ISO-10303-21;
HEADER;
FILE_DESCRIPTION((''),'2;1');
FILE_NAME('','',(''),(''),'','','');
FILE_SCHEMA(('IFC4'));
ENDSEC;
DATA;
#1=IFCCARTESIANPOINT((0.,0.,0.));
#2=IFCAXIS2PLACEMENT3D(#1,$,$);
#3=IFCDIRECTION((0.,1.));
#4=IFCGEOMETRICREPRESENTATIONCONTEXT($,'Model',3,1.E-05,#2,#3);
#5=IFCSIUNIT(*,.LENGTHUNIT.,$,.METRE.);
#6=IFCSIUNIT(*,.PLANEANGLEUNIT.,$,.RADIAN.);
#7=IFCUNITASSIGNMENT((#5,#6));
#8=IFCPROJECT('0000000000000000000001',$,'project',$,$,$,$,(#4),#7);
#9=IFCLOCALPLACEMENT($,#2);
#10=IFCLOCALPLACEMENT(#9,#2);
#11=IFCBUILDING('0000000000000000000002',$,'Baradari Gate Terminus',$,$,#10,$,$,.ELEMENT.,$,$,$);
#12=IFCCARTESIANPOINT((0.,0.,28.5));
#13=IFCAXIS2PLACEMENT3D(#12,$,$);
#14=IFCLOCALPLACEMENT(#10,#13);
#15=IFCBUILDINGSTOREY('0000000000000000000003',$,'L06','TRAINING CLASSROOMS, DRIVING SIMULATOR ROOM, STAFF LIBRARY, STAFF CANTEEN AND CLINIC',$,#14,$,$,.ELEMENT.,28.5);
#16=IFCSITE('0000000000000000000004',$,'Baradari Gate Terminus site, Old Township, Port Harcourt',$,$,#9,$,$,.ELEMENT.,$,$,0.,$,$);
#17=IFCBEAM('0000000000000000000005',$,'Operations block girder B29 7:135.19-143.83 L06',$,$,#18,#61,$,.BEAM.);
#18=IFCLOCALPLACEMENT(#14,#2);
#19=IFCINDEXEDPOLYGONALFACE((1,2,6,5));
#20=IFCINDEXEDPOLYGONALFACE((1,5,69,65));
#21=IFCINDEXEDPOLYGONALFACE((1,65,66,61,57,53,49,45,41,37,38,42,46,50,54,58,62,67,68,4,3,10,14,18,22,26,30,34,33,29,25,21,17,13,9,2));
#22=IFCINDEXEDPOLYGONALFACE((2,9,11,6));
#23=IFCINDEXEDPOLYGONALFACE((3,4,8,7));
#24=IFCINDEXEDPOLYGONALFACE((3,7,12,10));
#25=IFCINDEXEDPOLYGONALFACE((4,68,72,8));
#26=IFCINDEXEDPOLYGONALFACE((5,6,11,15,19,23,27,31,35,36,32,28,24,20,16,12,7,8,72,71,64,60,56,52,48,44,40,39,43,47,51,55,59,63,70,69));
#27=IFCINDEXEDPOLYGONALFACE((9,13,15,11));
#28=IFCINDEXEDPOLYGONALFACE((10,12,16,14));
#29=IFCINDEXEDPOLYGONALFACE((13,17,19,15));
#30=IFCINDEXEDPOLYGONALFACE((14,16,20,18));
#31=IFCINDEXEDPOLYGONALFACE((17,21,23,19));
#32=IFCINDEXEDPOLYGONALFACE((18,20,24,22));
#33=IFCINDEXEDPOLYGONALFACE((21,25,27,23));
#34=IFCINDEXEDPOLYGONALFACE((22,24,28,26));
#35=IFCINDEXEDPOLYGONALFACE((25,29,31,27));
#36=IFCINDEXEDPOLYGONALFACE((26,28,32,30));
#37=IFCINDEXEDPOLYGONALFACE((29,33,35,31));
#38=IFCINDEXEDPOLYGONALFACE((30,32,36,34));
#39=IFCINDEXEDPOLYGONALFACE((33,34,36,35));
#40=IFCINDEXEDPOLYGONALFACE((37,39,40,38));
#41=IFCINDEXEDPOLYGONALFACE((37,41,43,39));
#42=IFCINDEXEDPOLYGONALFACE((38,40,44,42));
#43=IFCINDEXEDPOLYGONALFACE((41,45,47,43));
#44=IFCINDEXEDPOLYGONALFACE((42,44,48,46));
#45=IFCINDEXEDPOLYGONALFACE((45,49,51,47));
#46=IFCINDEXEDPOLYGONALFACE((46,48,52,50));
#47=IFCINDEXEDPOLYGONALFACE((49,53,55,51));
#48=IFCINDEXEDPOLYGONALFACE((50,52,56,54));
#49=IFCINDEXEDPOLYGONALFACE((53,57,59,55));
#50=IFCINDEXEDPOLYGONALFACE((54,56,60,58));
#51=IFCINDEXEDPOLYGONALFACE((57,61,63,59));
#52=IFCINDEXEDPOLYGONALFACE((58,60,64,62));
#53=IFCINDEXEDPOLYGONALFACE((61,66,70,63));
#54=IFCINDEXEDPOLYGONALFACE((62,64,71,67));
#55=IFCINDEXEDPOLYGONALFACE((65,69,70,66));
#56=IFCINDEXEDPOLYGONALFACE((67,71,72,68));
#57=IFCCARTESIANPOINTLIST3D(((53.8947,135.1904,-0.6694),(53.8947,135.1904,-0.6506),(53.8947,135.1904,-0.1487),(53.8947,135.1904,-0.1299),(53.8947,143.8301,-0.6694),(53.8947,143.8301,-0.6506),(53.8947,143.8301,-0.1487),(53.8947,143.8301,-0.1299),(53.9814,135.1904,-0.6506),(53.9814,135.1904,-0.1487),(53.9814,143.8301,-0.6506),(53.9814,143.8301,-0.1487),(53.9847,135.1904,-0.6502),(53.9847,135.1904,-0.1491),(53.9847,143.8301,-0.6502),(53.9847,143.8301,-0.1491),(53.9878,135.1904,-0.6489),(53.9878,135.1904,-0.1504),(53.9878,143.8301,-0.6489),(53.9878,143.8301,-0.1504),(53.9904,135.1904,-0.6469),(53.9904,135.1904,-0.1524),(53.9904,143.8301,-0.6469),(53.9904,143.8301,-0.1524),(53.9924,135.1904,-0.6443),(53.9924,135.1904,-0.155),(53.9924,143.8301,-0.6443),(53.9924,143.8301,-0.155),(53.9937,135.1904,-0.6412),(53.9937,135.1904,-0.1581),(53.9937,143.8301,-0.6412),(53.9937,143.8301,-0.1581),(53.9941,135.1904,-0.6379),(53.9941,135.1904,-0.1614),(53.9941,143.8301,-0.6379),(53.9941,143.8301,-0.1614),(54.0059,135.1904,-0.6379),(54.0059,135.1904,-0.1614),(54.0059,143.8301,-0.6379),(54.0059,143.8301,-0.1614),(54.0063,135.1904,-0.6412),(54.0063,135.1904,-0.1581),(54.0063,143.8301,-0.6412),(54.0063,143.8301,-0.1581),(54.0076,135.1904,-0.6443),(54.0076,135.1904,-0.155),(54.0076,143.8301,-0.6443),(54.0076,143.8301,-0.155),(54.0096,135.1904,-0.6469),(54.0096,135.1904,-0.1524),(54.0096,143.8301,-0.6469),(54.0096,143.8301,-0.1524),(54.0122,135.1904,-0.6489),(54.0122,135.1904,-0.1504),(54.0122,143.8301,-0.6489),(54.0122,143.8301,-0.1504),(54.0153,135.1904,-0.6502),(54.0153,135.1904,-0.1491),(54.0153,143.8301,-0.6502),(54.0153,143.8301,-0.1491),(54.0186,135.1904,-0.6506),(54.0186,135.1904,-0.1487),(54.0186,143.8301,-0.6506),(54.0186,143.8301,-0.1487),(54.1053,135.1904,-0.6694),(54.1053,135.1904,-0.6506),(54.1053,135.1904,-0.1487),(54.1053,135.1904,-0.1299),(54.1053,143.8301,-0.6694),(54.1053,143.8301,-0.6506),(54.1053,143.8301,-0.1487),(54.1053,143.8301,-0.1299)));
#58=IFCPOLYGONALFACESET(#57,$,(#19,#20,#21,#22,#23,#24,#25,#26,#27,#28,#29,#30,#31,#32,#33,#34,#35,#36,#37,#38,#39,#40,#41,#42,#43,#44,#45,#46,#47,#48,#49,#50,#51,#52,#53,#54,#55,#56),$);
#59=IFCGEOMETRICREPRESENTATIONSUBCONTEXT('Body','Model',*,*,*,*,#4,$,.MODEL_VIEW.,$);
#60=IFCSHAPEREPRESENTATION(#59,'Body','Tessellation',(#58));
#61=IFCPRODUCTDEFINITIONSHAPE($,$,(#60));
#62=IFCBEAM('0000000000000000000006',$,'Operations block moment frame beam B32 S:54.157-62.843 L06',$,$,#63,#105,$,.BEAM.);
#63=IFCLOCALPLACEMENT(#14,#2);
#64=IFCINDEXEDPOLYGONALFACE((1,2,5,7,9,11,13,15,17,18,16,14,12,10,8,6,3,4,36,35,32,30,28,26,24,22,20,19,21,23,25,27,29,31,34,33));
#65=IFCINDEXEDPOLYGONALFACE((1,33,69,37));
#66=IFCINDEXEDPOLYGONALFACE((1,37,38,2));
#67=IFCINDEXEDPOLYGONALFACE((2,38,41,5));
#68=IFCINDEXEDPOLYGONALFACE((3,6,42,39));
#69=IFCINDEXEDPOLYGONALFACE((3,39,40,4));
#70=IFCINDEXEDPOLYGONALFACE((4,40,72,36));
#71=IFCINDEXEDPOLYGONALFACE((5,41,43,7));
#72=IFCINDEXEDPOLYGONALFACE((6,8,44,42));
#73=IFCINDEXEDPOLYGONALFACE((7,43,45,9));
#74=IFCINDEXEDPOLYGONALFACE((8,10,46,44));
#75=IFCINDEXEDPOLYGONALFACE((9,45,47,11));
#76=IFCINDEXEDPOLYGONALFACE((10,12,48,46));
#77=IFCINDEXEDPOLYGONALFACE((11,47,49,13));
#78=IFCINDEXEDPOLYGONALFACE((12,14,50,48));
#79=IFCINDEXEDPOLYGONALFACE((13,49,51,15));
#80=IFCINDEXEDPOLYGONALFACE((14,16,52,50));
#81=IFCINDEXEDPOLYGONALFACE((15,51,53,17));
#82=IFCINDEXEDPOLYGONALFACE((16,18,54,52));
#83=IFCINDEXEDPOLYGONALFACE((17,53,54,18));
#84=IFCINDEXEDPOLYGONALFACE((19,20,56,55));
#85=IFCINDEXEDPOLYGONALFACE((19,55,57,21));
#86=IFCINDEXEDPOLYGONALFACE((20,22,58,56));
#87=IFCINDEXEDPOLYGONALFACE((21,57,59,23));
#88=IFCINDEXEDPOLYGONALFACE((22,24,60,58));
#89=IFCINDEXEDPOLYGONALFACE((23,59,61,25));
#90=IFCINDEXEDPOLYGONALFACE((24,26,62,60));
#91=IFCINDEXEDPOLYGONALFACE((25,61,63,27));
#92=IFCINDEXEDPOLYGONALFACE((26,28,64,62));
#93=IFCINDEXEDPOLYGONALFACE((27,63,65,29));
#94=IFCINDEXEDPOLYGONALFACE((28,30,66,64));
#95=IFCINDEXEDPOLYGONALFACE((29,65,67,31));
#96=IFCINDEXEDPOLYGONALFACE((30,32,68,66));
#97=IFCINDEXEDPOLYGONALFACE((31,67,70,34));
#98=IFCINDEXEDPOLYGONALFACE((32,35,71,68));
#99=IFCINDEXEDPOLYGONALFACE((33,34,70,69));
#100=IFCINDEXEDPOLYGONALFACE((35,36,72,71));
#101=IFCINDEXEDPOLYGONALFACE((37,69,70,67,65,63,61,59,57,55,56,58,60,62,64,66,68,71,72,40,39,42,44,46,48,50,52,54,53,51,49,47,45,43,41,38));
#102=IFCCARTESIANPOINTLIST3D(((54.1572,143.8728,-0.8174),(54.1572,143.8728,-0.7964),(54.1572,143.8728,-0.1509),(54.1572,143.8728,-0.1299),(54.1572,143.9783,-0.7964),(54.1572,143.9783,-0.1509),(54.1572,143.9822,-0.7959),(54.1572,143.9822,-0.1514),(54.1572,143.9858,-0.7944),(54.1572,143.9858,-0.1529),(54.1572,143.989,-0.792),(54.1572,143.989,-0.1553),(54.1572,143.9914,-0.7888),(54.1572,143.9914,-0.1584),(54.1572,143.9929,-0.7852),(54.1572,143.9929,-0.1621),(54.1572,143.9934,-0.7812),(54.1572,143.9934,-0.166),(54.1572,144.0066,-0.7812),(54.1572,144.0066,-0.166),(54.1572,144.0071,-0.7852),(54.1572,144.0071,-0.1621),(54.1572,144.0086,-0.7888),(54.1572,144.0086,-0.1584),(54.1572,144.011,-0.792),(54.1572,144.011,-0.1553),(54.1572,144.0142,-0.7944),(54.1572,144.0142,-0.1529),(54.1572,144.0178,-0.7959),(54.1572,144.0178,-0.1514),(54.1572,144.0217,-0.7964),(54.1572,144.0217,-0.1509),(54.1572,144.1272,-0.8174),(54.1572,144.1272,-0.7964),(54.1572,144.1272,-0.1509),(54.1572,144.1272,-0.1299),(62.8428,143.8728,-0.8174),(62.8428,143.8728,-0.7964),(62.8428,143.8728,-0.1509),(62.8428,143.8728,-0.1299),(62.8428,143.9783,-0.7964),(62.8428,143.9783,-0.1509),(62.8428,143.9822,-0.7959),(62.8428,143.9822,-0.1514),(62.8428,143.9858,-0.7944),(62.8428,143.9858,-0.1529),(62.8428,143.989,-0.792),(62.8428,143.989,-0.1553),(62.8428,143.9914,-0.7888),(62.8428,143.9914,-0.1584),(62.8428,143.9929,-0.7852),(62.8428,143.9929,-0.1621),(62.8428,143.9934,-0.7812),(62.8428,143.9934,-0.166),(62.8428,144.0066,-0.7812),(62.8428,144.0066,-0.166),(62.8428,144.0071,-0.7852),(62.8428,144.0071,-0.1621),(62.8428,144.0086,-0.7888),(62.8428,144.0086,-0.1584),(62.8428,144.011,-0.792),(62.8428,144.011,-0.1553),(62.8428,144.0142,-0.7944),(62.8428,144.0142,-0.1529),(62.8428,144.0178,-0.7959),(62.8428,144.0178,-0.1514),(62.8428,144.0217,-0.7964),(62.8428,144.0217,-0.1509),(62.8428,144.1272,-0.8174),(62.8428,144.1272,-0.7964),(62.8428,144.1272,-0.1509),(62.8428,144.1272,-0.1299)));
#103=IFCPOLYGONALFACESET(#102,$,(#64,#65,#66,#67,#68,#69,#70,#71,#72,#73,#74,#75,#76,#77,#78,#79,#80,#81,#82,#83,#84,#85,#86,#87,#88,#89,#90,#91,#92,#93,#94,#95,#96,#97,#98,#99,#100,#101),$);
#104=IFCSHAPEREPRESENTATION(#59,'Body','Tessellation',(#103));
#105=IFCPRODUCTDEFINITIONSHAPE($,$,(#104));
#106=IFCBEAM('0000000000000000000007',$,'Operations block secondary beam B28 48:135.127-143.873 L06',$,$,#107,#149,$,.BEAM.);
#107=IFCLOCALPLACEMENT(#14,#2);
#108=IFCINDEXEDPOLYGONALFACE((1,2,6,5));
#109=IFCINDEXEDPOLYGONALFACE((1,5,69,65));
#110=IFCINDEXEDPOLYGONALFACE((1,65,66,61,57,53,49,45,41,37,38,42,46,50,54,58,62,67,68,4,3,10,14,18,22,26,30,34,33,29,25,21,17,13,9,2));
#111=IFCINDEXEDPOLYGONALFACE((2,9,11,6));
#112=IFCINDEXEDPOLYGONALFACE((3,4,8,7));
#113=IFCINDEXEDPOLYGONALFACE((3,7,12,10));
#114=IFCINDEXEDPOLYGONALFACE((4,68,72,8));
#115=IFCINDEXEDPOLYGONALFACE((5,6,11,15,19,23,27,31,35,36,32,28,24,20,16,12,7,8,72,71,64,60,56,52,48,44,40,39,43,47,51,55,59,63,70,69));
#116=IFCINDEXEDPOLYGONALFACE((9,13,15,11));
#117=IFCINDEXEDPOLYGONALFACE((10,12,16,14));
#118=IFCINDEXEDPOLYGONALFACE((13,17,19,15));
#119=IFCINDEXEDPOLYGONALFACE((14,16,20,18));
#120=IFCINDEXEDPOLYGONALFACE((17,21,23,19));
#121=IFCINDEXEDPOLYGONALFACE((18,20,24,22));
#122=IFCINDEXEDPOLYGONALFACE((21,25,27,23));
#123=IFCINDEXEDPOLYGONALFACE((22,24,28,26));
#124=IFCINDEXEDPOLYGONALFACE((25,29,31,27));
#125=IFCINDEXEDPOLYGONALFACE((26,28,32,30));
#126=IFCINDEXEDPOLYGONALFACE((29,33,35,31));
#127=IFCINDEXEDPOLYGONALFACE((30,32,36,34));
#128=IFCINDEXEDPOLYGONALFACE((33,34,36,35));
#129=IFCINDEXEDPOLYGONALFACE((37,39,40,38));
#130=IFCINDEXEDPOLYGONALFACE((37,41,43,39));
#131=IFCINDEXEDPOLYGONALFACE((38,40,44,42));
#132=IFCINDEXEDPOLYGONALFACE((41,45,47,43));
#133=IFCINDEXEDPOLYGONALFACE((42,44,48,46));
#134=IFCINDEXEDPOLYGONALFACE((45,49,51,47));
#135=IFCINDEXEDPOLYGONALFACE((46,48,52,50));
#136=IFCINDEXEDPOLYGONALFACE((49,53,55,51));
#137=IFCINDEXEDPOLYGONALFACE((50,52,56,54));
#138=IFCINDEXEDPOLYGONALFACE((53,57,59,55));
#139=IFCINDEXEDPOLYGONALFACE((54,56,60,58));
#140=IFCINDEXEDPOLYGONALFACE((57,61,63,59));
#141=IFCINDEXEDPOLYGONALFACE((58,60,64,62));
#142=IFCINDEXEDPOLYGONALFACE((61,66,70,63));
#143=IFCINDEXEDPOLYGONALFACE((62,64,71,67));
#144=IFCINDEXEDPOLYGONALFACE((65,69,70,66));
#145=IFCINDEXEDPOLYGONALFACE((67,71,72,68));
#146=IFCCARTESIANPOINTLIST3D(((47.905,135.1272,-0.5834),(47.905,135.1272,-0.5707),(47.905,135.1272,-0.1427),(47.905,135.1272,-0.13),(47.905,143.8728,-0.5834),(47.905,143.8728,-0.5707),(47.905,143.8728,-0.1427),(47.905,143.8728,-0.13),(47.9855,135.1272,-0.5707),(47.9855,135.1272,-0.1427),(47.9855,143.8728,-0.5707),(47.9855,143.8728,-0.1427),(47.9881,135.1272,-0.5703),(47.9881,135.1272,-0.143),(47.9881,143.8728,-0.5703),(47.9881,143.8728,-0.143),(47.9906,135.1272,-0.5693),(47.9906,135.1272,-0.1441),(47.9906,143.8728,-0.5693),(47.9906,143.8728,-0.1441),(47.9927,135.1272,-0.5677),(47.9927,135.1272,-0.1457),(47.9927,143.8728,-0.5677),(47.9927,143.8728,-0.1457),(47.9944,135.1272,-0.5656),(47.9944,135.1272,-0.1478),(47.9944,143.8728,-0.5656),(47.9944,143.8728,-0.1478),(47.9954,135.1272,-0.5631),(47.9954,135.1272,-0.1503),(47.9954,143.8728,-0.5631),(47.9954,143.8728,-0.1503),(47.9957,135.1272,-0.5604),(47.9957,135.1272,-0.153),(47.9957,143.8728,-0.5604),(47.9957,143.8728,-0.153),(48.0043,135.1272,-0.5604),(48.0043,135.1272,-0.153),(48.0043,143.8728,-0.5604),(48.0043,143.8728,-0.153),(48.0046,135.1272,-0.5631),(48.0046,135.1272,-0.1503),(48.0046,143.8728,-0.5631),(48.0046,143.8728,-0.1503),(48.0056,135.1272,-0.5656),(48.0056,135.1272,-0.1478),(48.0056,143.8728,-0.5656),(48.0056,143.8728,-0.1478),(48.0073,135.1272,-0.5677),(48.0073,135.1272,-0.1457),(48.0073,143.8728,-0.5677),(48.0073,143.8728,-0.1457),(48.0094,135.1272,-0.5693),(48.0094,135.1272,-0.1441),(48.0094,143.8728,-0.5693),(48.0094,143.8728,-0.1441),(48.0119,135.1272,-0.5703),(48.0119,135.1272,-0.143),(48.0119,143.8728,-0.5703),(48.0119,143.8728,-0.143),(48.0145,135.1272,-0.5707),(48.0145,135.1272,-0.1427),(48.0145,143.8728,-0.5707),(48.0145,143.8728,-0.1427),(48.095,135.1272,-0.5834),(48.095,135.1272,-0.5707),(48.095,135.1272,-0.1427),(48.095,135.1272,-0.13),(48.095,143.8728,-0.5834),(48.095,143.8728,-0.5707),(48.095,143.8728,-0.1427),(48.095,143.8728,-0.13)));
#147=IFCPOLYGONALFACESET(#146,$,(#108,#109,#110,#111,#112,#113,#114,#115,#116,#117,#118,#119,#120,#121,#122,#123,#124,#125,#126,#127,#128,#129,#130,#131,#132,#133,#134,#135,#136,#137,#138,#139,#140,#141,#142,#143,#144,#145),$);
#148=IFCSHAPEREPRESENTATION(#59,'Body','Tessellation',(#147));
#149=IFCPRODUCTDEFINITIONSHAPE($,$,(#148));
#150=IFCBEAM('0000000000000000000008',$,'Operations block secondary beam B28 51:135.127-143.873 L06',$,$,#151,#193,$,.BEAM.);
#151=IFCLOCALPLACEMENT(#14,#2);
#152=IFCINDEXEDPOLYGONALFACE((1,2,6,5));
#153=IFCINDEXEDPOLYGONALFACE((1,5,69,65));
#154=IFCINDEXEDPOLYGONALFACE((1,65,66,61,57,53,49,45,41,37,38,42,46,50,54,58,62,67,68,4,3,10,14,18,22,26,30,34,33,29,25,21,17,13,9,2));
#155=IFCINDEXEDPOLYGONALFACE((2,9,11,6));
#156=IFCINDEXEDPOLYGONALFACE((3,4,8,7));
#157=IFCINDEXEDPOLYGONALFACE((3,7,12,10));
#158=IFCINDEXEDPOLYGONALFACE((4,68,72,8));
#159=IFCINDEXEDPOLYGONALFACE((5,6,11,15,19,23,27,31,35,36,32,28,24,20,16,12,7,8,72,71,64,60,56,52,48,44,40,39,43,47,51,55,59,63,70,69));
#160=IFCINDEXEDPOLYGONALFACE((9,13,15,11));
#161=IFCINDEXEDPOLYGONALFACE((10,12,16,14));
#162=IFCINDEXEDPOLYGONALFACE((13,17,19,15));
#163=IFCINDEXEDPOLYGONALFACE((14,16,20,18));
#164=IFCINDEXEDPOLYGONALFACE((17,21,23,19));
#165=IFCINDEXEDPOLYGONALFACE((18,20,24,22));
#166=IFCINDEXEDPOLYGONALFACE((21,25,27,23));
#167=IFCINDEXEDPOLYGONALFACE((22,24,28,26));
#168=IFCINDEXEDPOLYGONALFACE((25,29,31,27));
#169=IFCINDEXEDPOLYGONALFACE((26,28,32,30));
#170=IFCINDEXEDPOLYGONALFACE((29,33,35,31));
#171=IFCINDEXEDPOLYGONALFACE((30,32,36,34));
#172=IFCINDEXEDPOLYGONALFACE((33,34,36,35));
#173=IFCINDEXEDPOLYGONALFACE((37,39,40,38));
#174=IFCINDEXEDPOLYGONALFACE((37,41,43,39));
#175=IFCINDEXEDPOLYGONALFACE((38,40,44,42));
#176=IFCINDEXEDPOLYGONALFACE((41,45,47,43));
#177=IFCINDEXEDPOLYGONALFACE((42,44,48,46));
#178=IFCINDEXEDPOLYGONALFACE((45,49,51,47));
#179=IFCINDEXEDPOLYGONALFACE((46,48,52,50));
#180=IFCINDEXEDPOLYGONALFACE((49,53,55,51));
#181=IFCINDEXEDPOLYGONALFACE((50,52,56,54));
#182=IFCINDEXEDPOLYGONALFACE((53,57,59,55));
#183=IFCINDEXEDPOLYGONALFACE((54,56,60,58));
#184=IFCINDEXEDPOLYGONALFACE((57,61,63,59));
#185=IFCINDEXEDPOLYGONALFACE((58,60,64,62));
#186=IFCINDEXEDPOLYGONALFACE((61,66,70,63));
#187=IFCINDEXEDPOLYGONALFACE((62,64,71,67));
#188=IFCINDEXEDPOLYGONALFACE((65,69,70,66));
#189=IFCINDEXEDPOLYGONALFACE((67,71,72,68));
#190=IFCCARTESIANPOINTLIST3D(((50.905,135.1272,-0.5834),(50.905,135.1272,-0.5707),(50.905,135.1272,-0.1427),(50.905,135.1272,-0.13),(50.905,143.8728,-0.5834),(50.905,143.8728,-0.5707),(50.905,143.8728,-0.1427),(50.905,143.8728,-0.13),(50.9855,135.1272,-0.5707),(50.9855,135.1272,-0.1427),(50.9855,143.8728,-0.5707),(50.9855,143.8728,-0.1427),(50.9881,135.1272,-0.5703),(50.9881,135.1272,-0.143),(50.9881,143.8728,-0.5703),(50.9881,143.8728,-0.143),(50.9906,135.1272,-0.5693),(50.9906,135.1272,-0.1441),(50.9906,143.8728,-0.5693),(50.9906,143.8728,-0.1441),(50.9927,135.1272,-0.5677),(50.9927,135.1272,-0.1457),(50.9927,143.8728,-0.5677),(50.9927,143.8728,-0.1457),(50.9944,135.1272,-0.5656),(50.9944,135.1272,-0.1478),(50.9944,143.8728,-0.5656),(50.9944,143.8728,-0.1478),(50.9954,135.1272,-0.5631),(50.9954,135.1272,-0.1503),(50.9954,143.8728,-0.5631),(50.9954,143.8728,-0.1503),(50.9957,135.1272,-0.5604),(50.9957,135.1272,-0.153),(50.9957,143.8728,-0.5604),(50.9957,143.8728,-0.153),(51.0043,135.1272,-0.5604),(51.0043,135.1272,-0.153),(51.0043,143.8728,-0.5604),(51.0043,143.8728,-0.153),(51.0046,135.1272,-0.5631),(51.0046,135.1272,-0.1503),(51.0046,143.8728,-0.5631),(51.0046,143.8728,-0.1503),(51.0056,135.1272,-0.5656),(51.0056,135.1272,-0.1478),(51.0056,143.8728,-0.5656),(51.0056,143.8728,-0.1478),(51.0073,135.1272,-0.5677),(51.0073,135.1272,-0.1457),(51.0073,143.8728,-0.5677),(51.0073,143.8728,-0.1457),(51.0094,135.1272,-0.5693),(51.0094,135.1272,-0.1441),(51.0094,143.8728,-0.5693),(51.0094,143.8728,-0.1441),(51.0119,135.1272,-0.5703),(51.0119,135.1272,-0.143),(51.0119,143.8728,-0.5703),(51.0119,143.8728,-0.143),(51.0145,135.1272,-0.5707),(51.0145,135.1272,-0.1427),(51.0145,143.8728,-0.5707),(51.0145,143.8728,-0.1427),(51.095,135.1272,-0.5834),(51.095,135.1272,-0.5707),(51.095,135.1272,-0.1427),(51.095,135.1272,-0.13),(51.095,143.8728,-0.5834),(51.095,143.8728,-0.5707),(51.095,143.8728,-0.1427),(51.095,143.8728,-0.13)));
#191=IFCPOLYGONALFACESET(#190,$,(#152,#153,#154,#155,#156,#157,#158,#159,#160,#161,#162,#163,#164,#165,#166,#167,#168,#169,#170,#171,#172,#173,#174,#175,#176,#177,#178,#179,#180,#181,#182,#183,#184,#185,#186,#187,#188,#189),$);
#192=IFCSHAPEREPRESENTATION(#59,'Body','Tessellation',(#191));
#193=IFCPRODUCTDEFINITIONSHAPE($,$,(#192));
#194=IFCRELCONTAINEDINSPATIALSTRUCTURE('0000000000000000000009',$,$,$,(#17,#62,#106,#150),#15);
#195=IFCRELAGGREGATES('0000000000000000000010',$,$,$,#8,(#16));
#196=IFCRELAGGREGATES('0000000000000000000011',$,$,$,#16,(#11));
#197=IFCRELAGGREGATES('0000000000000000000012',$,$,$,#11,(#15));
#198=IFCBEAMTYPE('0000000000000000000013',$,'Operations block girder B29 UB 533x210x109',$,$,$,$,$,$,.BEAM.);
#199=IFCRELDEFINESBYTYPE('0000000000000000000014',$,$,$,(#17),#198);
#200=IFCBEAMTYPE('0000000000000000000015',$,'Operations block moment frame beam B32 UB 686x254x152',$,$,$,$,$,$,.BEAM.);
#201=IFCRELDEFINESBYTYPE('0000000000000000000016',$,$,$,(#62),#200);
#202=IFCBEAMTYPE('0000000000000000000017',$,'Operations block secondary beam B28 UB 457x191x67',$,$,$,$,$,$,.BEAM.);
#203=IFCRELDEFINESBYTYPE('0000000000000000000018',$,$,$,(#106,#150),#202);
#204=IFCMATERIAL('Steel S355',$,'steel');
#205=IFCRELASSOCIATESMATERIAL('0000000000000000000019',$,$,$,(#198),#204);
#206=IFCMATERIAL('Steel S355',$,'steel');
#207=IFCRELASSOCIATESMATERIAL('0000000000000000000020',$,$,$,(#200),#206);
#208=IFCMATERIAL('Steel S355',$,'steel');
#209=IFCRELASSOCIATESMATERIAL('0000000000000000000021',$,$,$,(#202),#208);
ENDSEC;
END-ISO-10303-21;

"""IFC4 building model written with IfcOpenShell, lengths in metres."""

from ifc_helpers import new_model, si_unit, direction, frame, origin, origin_2d, place, context, subcontext, project, spatial, i_section, extrude, material, material_profile, profile_set, type_object, element, save


model = new_model("IFC4")

# Units and contexts
model_context = context("Model", 3, precision=1e-05, world=origin(), true_north=direction((0.0, 1.0)))
body_context = subcontext(model_context, "Body", "Model", "MODEL_VIEW")
ifc_project = project(units=[si_unit("LENGTHUNIT", "METRE"), si_unit("PLANEANGLEUNIT", "RADIAN")], contexts=[model_context])

# Site, building, storey
site_placement = place(None, origin())
site = spatial("IfcSite", under=ifc_project, at=site_placement, Name="Baradari Gate Terminus site, Old Township, Port Harcourt", CompositionType="ELEMENT", RefElevation=0.0)
building_placement = place(site_placement, origin())
building = spatial("IfcBuilding", under=site, at=building_placement, Name="Baradari Gate Terminus", CompositionType="ELEMENT")
storey_placement = place(building_placement, frame((0.0, 0.0, 28.5)))
storey = spatial("IfcBuildingStorey", under=building, at=storey_placement, Name="L06", Description="TRAINING CLASSROOMS, DRIVING SIMULATOR ROOM, STAFF LIBRARY, STAFF CANTEEN AND CLINIC", CompositionType="ELEMENT", Elevation=28.5)

# Beams
ifc_material_1 = material(Name="Steel S355", Category="steel")
ifc_material_profile_1 = material_profile(ifc_material_1, i_section(OverallWidth=0.2107, OverallDepth=0.5396, WebThickness=0.0117, FlangeThickness=0.0188, FilletRadius=0.0127, at=origin_2d()), Name="UB 533x210x109")
ifc_profile_set_1 = profile_set([ifc_material_profile_1], Name="Steel S355")
beam_type_1 = type_object("IfcBeamType", Name="Operations block girder B29 UB 533x210x109", PredefinedType="BEAM", material=ifc_profile_set_1)
beam_1_placement = place(storey_placement, frame((54.0, 135.1904, -0.3997), z_axis=(0.0, 1.0, 0.0), x_axis=(-1.0, 0.0, 0.0)))
element("IfcBeam", 1, at=beam_1_placement, inside=storey, type_object=beam_type_1, Name="Operations block girder B29 7:135.19-143.83 L06", PredefinedType="BEAM", context=body_context, shape_type="SweptSolid", body=[
    extrude(i_section(OverallWidth=0.2107, OverallDepth=0.5396, WebThickness=0.0117, FlangeThickness=0.0188, FilletRadius=0.0127, at=origin_2d()), origin(), (0.0, 0.0, 1.0), 8.6396),
])
ifc_material_2 = material(Name="Steel S355", Category="steel")
ifc_material_profile_2 = material_profile(ifc_material_2, i_section(OverallWidth=0.2544, OverallDepth=0.6875, WebThickness=0.0132, FlangeThickness=0.021, FilletRadius=0.0151, at=origin_2d()), Name="UB 686x254x152")
ifc_profile_set_2 = profile_set([ifc_material_profile_2], Name="Steel S355")
beam_type_2 = type_object("IfcBeamType", Name="Operations block moment frame beam B32 UB 686x254x152", PredefinedType="BEAM", material=ifc_profile_set_2)
beam_2_placement = place(storey_placement, frame((54.1572, 144.0, -0.4736), z_axis=(1.0, 0.0, 0.0), x_axis=(0.0, 1.0, 0.0)))
element("IfcBeam", 2, at=beam_2_placement, inside=storey, type_object=beam_type_2, Name="Operations block moment frame beam B32 S:54.157-62.843 L06", PredefinedType="BEAM", context=body_context, shape_type="SweptSolid", body=[
    extrude(i_section(OverallWidth=0.2544, OverallDepth=0.6875, WebThickness=0.0132, FlangeThickness=0.021, FilletRadius=0.0151, at=origin_2d()), origin(), (0.0, 0.0, 1.0), 8.6855),
])
ifc_material_3 = material(Name="Steel S355", Category="steel")
ifc_material_profile_3 = material_profile(ifc_material_3, i_section(OverallWidth=0.1899, OverallDepth=0.4534, WebThickness=0.0085, FlangeThickness=0.0127, FilletRadius=0.0103, at=origin_2d()), Name="UB 457x191x67")
ifc_profile_set_3 = profile_set([ifc_material_profile_3], Name="Steel S355")
beam_type_3 = type_object("IfcBeamType", Name="Operations block secondary beam B28 UB 457x191x67", PredefinedType="BEAM", material=ifc_profile_set_3)
for number, where, z_axis, x_axis, name in (
    (3, (48.0, 135.1272, -0.3567), (0.0, 1.0, 0.0), (-1.0, 0.0, 0.0), "Operations block secondary beam B28 48:135.127-143.873 L06"),
    (4, (51.0, 135.1272, -0.3567), (0.0, 1.0, 0.0), (-1.0, 0.0, 0.0), "Operations block secondary beam B28 51:135.127-143.873 L06"),
):
    element("IfcBeam", number, at=place(storey_placement, frame(where, z_axis=z_axis, x_axis=x_axis)), inside=storey, type_object=beam_type_3, Name=name, PredefinedType="BEAM", context=body_context, shape_type="SweptSolid", body=[
        extrude(i_section(OverallWidth=0.1899, OverallDepth=0.4534, WebThickness=0.0085, FlangeThickness=0.0127, FilletRadius=0.0103, at=origin_2d()), origin(), (0.0, 0.0, 1.0), 8.7456),
    ])

save(model, "model.ifc")
